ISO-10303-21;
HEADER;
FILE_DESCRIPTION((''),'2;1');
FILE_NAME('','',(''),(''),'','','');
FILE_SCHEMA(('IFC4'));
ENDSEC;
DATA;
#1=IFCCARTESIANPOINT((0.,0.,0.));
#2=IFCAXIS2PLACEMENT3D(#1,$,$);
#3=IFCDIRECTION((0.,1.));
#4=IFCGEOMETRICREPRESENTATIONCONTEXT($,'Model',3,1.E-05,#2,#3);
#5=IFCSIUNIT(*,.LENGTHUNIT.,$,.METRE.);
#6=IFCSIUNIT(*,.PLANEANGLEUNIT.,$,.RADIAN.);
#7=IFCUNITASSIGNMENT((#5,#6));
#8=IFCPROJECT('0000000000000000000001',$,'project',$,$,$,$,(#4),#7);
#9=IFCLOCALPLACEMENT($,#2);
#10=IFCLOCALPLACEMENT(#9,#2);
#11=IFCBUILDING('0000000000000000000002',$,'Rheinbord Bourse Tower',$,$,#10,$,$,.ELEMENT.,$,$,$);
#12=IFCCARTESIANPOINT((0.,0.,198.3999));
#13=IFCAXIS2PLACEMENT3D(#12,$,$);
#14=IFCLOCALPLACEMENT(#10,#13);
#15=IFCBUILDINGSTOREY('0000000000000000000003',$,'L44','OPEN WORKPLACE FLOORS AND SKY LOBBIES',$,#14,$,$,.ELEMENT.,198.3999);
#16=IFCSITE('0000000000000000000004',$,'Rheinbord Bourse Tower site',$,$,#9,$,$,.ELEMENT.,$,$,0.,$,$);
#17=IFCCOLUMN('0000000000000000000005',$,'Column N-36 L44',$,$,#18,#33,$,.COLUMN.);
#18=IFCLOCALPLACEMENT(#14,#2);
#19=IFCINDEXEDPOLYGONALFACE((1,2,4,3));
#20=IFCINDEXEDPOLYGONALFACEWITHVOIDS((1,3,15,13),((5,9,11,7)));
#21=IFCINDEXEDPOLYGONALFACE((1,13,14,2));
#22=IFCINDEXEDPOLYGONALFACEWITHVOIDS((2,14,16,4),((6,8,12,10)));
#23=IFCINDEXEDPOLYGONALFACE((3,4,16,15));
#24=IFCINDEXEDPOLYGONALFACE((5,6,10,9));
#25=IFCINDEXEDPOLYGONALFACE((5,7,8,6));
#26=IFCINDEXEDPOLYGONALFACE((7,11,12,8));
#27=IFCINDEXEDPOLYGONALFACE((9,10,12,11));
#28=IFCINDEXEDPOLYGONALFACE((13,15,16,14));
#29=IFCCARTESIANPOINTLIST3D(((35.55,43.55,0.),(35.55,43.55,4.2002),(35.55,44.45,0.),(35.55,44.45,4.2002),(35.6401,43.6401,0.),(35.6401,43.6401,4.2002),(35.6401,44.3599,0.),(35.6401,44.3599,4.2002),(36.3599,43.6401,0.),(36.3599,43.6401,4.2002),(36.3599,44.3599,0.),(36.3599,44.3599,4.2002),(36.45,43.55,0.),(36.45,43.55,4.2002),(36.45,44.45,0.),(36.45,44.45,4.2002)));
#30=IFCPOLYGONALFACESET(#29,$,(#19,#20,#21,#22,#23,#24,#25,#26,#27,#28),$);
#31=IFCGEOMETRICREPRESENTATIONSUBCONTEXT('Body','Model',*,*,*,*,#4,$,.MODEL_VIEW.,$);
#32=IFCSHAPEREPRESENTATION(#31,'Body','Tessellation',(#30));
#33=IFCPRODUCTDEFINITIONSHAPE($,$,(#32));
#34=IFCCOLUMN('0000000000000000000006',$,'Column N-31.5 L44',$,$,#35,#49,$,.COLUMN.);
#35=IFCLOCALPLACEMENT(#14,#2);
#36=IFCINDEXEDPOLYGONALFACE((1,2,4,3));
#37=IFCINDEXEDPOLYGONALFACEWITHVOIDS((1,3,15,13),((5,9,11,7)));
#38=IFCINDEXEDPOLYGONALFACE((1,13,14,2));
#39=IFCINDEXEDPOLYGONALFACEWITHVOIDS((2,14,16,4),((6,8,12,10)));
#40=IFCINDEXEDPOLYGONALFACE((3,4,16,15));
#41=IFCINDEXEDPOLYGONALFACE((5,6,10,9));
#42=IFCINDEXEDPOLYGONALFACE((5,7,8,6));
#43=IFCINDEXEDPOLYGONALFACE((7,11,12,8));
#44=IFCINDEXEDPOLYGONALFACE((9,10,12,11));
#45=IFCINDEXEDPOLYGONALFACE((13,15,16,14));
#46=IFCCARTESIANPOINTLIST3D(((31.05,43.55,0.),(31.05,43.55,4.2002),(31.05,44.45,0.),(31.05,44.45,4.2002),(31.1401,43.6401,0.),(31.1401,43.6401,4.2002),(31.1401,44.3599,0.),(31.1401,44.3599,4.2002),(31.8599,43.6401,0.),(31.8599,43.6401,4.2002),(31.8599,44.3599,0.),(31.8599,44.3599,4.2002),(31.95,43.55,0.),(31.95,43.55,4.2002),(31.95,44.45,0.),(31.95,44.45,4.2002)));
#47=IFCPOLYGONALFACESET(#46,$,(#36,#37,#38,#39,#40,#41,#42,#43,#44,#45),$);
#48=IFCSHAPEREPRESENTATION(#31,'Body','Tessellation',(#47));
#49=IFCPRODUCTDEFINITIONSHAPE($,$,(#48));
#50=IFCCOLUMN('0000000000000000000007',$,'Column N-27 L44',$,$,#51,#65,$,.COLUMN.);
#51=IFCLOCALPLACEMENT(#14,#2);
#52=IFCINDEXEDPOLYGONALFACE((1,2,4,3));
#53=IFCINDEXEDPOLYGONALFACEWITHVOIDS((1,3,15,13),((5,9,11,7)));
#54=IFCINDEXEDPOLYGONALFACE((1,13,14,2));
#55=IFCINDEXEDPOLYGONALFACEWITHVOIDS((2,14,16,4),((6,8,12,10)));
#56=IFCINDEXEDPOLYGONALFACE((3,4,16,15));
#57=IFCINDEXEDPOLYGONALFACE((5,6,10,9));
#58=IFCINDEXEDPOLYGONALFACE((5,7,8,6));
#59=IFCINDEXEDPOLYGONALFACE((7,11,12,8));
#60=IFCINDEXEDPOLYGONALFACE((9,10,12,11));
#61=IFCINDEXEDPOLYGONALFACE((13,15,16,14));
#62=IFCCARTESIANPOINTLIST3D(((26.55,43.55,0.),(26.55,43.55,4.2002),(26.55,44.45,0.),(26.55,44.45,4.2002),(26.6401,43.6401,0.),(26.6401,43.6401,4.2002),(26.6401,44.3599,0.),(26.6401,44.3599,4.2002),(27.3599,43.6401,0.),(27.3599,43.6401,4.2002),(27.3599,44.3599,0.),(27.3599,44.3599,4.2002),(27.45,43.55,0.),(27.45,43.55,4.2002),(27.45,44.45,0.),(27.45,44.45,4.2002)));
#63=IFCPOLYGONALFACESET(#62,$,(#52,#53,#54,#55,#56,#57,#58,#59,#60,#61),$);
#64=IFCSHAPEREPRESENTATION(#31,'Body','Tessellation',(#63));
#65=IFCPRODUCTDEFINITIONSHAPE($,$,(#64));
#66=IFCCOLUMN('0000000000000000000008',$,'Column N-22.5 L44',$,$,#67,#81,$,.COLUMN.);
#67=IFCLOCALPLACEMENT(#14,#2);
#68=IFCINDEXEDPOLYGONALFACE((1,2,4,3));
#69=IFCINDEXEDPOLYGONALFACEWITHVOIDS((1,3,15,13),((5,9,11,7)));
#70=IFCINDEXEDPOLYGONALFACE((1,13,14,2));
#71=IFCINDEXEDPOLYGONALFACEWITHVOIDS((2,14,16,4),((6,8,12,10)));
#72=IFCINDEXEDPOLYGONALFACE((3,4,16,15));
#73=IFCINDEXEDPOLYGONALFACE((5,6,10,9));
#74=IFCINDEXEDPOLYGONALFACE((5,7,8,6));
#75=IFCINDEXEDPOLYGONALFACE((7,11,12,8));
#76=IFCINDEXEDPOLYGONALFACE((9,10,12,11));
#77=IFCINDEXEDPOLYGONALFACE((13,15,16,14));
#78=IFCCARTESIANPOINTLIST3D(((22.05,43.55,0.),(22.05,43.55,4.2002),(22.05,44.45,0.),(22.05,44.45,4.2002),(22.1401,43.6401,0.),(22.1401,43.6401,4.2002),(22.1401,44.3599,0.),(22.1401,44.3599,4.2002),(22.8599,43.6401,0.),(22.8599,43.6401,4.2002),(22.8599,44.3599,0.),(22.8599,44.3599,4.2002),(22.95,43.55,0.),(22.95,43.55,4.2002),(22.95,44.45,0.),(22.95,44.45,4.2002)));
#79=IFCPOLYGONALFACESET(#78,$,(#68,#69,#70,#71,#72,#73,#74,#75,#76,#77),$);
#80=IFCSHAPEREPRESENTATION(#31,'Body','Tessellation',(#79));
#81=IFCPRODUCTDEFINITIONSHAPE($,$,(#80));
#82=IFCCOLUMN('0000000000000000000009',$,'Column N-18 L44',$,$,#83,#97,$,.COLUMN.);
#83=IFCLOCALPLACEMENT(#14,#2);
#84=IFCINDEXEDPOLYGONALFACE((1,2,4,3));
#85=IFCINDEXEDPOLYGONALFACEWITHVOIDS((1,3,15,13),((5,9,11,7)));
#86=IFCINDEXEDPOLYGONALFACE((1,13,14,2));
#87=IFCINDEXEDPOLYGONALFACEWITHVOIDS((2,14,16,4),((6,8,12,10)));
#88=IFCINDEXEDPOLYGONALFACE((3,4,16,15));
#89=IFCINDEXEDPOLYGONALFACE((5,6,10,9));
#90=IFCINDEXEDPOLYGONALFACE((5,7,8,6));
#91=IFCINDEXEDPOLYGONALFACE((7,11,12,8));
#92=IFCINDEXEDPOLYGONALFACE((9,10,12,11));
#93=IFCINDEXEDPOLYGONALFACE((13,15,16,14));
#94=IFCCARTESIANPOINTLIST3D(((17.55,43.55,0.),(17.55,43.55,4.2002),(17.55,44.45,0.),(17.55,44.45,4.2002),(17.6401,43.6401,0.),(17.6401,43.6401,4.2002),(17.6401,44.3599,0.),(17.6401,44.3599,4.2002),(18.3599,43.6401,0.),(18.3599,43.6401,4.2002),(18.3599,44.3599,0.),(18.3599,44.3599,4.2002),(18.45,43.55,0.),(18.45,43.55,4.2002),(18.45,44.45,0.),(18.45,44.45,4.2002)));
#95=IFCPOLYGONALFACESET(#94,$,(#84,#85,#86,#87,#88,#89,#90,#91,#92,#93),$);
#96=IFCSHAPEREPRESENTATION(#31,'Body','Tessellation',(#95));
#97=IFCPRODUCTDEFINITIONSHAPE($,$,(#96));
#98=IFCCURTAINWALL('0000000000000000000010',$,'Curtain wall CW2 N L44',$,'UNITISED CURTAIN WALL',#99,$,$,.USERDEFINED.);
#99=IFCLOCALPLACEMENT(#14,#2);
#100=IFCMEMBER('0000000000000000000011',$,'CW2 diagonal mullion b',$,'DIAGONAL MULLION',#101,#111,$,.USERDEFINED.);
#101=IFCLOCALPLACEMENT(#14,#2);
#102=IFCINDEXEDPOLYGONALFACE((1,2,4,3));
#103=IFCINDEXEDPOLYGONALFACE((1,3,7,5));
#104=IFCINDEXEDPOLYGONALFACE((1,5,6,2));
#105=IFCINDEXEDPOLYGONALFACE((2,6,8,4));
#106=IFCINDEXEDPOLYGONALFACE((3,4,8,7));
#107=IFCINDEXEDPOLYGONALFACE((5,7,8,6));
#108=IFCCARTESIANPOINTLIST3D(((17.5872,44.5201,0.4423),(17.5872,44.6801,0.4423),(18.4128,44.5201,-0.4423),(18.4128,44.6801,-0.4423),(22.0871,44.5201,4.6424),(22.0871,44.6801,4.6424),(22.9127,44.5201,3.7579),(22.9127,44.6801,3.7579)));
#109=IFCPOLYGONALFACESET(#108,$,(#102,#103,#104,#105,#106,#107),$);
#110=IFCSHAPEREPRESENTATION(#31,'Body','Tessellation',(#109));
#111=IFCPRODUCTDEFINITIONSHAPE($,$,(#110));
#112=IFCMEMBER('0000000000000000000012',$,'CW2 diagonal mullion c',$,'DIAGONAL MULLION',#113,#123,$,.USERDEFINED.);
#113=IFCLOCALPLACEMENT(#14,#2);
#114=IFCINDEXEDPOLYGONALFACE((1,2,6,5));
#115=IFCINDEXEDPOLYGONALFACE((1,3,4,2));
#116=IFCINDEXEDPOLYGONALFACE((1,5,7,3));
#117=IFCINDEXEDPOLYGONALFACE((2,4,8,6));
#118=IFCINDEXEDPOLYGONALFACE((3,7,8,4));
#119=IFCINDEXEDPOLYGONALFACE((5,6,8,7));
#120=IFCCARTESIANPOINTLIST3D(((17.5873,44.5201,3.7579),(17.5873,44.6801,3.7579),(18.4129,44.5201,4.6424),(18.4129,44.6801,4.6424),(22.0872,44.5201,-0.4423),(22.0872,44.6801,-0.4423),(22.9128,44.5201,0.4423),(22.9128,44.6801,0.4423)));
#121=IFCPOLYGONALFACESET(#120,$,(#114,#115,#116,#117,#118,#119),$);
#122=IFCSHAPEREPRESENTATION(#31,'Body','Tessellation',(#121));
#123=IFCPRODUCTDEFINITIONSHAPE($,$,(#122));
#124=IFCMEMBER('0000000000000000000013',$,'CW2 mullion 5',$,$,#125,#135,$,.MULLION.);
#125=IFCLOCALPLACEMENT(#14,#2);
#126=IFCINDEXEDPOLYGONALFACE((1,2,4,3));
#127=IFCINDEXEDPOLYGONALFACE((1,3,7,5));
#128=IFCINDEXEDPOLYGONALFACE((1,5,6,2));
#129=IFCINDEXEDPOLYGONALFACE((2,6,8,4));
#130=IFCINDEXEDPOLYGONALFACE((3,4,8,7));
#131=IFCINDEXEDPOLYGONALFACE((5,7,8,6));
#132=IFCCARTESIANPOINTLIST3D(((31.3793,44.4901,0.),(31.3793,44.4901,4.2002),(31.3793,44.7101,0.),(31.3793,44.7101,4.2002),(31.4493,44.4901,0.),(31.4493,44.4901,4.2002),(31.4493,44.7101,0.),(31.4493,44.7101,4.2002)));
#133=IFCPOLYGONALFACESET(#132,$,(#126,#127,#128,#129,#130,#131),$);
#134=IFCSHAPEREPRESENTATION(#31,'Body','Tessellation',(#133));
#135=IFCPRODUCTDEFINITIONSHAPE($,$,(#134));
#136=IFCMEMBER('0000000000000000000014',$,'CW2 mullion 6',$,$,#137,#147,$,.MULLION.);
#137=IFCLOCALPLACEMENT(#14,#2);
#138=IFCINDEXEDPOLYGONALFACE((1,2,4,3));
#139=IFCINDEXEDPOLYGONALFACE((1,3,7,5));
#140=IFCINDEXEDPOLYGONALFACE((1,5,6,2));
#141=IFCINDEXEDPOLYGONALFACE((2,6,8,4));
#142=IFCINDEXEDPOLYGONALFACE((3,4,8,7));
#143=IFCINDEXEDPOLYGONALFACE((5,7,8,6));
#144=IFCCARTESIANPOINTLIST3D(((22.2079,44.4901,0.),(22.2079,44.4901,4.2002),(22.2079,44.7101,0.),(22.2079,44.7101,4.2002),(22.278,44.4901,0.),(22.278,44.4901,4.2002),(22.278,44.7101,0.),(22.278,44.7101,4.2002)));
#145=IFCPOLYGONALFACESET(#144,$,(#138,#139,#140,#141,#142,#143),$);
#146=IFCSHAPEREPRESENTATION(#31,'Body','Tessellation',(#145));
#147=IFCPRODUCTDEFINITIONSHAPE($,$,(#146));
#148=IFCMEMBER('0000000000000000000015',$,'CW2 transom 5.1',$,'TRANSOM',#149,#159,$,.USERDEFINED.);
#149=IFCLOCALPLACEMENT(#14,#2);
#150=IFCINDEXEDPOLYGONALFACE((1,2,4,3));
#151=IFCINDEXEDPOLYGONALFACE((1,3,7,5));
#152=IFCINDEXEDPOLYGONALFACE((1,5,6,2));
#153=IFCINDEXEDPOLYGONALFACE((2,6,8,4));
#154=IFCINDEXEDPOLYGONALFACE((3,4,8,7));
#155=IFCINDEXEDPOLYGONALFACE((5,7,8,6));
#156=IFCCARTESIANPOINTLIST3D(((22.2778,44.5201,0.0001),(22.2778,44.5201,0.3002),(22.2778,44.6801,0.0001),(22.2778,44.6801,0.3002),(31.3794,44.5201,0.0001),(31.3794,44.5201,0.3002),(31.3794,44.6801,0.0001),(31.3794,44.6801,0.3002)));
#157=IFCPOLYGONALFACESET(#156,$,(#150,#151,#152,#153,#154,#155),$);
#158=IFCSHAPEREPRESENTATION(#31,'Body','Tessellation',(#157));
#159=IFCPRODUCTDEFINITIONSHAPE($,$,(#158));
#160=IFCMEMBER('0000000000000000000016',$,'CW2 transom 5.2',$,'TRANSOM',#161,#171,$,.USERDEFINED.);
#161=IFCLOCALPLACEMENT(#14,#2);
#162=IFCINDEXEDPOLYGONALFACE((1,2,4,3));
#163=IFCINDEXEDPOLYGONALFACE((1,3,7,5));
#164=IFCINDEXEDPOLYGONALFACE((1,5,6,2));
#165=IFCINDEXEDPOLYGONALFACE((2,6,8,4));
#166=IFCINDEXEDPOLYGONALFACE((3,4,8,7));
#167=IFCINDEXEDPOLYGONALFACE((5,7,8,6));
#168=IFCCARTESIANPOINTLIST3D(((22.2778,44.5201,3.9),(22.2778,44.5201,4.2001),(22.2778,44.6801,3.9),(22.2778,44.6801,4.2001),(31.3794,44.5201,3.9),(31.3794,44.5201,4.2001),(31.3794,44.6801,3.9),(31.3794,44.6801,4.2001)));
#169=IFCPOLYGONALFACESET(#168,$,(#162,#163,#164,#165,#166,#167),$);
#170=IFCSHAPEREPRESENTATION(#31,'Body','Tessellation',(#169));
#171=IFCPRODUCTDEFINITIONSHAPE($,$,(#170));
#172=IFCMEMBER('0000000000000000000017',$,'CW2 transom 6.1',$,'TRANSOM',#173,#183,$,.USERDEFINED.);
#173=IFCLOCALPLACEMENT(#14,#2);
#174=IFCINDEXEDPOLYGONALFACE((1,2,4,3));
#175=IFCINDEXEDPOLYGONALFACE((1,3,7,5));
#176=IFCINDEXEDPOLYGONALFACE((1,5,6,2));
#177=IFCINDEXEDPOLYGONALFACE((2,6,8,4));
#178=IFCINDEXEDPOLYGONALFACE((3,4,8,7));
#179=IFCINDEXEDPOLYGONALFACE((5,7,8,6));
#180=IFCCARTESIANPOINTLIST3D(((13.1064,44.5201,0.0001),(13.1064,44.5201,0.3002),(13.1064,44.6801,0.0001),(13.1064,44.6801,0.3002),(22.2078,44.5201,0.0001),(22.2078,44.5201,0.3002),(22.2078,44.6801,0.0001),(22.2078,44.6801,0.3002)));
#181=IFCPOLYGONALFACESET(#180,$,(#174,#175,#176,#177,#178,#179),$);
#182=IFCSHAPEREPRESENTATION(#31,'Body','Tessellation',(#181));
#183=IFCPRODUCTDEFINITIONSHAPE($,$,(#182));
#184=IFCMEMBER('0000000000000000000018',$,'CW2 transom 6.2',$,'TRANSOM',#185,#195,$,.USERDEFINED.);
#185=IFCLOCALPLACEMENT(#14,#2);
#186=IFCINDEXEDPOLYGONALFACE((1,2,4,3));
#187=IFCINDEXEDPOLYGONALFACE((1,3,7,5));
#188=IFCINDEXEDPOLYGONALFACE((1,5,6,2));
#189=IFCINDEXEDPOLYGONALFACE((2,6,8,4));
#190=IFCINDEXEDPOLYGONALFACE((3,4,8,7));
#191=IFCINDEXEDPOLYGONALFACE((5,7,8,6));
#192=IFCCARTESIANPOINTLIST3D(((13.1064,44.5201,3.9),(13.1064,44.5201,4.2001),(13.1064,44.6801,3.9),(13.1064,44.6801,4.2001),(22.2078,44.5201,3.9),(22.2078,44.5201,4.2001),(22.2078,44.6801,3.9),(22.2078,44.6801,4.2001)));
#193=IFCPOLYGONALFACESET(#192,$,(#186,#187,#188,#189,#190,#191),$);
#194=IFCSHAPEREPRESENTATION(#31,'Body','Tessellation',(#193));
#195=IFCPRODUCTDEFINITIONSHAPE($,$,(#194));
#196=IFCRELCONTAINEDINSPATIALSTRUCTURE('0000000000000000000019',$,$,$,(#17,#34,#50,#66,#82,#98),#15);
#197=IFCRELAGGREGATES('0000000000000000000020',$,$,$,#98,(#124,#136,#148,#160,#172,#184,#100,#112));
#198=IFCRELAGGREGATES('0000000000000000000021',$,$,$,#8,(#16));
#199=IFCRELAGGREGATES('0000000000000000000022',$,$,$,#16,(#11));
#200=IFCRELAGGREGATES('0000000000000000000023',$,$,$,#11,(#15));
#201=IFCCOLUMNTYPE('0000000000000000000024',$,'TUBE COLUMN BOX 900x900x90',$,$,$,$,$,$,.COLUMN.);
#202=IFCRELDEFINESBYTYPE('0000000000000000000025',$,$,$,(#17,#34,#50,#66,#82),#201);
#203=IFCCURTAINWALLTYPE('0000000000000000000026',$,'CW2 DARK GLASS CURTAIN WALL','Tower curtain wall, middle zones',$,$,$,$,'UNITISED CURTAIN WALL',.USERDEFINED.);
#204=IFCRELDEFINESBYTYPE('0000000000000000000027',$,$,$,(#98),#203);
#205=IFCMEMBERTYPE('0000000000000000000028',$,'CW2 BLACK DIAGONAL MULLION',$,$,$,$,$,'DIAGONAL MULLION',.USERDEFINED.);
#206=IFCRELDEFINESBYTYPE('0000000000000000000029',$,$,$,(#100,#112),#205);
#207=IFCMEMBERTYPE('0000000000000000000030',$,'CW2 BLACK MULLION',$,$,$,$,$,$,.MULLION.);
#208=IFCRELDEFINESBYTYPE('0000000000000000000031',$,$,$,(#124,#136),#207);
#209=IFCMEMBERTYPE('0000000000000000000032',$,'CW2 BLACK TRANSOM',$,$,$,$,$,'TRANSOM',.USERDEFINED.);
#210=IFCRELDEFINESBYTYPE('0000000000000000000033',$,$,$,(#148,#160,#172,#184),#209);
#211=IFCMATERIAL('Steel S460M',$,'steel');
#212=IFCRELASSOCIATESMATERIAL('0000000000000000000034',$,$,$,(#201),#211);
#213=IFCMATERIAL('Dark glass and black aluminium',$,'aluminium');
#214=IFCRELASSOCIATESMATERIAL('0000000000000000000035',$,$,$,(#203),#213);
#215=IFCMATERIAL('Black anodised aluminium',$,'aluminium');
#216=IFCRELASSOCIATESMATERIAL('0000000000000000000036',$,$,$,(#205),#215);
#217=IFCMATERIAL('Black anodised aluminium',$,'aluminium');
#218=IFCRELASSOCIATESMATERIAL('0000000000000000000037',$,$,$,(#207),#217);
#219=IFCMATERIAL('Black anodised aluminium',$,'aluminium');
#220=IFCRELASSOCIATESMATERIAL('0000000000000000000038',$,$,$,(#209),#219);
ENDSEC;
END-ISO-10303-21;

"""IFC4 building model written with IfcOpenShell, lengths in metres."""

from ifc_helpers import new_model, si_unit, direction, frame, origin, origin_2d, place, context, subcontext, project, spatial, rectangle, hollow_rectangle, extrude, material, material_profile, profile_set, type_object, element, aggregate, save


model = new_model("IFC4")

# Units and contexts
model_context = context("Model", 3, precision=1e-05, world=origin(), true_north=direction((0.0, 1.0)))
body_context = subcontext(model_context, "Body", "Model", "MODEL_VIEW")
ifc_project = project(units=[si_unit("LENGTHUNIT", "METRE"), si_unit("PLANEANGLEUNIT", "RADIAN")], contexts=[model_context])

# Site, building, storey
site_placement = place(None, origin())
site = spatial("IfcSite", under=ifc_project, at=site_placement, Name="Rheinbord Bourse Tower site", CompositionType="ELEMENT", RefElevation=0.0)
building_placement = place(site_placement, origin())
building = spatial("IfcBuilding", under=site, at=building_placement, Name="Rheinbord Bourse Tower", CompositionType="ELEMENT")
storey_placement = place(building_placement, frame((0.0, 0.0, 198.3999)))
storey = spatial("IfcBuildingStorey", under=building, at=storey_placement, Name="L44", Description="OPEN WORKPLACE FLOORS AND SKY LOBBIES", CompositionType="ELEMENT", Elevation=198.3999)

# Columns
ifc_material_1 = material(Name="Steel S460M", Category="steel")
ifc_material_profile_1 = material_profile(ifc_material_1, hollow_rectangle(XDim=0.8999, YDim=0.8999, WallThickness=0.0901, at=origin_2d()), Name="BOX 900x900x90")
ifc_profile_set_1 = profile_set([ifc_material_profile_1], Name="Steel S460M")
column_type = type_object("IfcColumnType", Name="TUBE COLUMN BOX 900x900x90", PredefinedType="COLUMN", material=ifc_profile_set_1)
for number, where, z_axis, x_axis, name in (
    (1, (36.0, 44.0, 0.0), (0.0, 0.0, 1.0), (0.0, 1.0, 0.0), "Column N-36 L44"),
    (2, (31.5, 44.0, 0.0), (0.0, 0.0, 1.0), (0.0, 1.0, 0.0), "Column N-31.5 L44"),
    (3, (27.0, 44.0, 0.0), (0.0, 0.0, 1.0), (0.0, 1.0, 0.0), "Column N-27 L44"),
    (4, (22.5, 44.0, 0.0), (0.0, 0.0, 1.0), (0.0, 1.0, 0.0), "Column N-22.5 L44"),
    (5, (18.0, 44.0, 0.0), (0.0, 0.0, 1.0), (0.0, 1.0, 0.0), "Column N-18 L44"),
):
    element("IfcColumn", number, at=place(storey_placement, frame(where, z_axis=z_axis, x_axis=x_axis)), inside=storey, type_object=column_type, Name=name, PredefinedType="COLUMN", context=body_context, shape_type="SweptSolid", body=[
        extrude(hollow_rectangle(XDim=0.8999, YDim=0.8999, WallThickness=0.0901, at=origin_2d()), origin(), (0.0, 0.0, 1.0), 4.2002),
    ])

# Curtain wall, members
ifc_material_2 = material(Name="Dark glass and black aluminium", Category="aluminium")
curtain_wall_type = type_object("IfcCurtainWallType", Name="CW2 DARK GLASS CURTAIN WALL", Description="Tower curtain wall, middle zones", ElementType="UNITISED CURTAIN WALL", PredefinedType="USERDEFINED", material=ifc_material_2)
curtain_wall_placement = place(storey_placement, origin())
curtain_wall = element("IfcCurtainWall", 6, at=curtain_wall_placement, inside=storey, type_object=curtain_wall_type, Name="Curtain wall CW2 N L44", ObjectType="UNITISED CURTAIN WALL", PredefinedType="USERDEFINED")
ifc_material_3 = material(Name="Black anodised aluminium", Category="aluminium")
ifc_material_profile_2 = material_profile(ifc_material_3, rectangle(XDim=0.1599, YDim=1.21, at=origin_2d()), Name="CW2 DIAGONAL MULLION 1210x160")
ifc_profile_set_2 = profile_set([ifc_material_profile_2], Name="Black anodised aluminium")
member_type_1 = type_object("IfcMemberType", Name="CW2 BLACK DIAGONAL MULLION", ElementType="DIAGONAL MULLION", PredefinedType="USERDEFINED", material=ifc_profile_set_2)
member_1_placement = place(storey_placement, frame((18.0, 44.6001, 0.0), z_axis=(0.731039, 0.0, 0.682335), x_axis=(0.0, 1.0, 0.0)))
member_1 = element("IfcMember", 7, at=member_1_placement, type_object=member_type_1, Name="CW2 diagonal mullion b", ObjectType="DIAGONAL MULLION", PredefinedType="USERDEFINED", context=body_context, shape_type="SweptSolid", body=[
    extrude(rectangle(XDim=0.1599, YDim=1.21, at=origin_2d()), origin(), (0.0, 0.0, 1.0), 6.1555),
])
member_2_placement = place(storey_placement, frame((22.5, 44.6001, 0.0), z_axis=(-0.731039, 0.0, 0.682335), x_axis=(0.0, -1.0, 0.0)))
member_2 = element("IfcMember", 8, at=member_2_placement, type_object=member_type_1, Name="CW2 diagonal mullion c", ObjectType="DIAGONAL MULLION", PredefinedType="USERDEFINED", context=body_context, shape_type="SweptSolid", body=[
    extrude(rectangle(XDim=0.1599, YDim=1.21, at=origin_2d()), origin(), (0.0, 0.0, 1.0), 6.1555),
])
ifc_material_4 = material(Name="Black anodised aluminium", Category="aluminium")
ifc_material_profile_3 = material_profile(ifc_material_4, rectangle(XDim=0.22, YDim=0.0701, at=origin_2d()), Name="CW2 MULLION 70x220")
ifc_profile_set_3 = profile_set([ifc_material_profile_3], Name="Black anodised aluminium")
member_type_2 = type_object("IfcMemberType", Name="CW2 BLACK MULLION", PredefinedType="MULLION", material=ifc_profile_set_3)
member_3_placement = place(storey_placement, frame((31.4143, 44.6001, 0.0), z_axis=(0.0, 0.0, 1.0), x_axis=(0.0, -1.0, 0.0)))
member_3 = element("IfcMember", 9, at=member_3_placement, type_object=member_type_2, Name="CW2 mullion 5", PredefinedType="MULLION", context=body_context, shape_type="SweptSolid", body=[
    extrude(rectangle(XDim=0.22, YDim=0.0701, at=origin_2d()), origin(), (0.0, 0.0, 1.0), 4.2002),
])
member_4_placement = place(storey_placement, frame((22.2429, 44.6001, 0.0), z_axis=(0.0, 0.0, 1.0), x_axis=(0.0, -1.0, 0.0)))
member_4 = element("IfcMember", 10, at=member_4_placement, type_object=member_type_2, Name="CW2 mullion 6", PredefinedType="MULLION", context=body_context, shape_type="SweptSolid", body=[
    extrude(rectangle(XDim=0.22, YDim=0.0701, at=origin_2d()), origin(), (0.0, 0.0, 1.0), 4.2002),
])
ifc_material_5 = material(Name="Black anodised aluminium", Category="aluminium")
ifc_material_profile_4 = material_profile(ifc_material_5, rectangle(XDim=0.1599, YDim=0.3, at=origin_2d()), Name="CW2 TRANSOM 300x160")
ifc_profile_set_4 = profile_set([ifc_material_profile_4], Name="Black anodised aluminium")
member_type_3 = type_object("IfcMemberType", Name="CW2 BLACK TRANSOM", ElementType="TRANSOM", PredefinedType="USERDEFINED", material=ifc_profile_set_4)
member_5_placement = place(storey_placement, frame((31.3794, 44.6001, 0.1501), z_axis=(-1.0, 0.0, 0.0), x_axis=(0.0, -1.0, 0.0)))
member_5 = element("IfcMember", 11, at=member_5_placement, type_object=member_type_3, Name="CW2 transom 5.1", ObjectType="TRANSOM", PredefinedType="USERDEFINED", context=body_context, shape_type="SweptSolid", body=[
    extrude(rectangle(XDim=0.1599, YDim=0.3, at=origin_2d()), origin(), (0.0, 0.0, 1.0), 9.1016),
])
member_6_placement = place(storey_placement, frame((31.3794, 44.6001, 4.05), z_axis=(-1.0, 0.0, 0.0), x_axis=(0.0, -1.0, 0.0)))
member_6 = element("IfcMember", 12, at=member_6_placement, type_object=member_type_3, Name="CW2 transom 5.2", ObjectType="TRANSOM", PredefinedType="USERDEFINED", context=body_context, shape_type="SweptSolid", body=[
    extrude(rectangle(XDim=0.1599, YDim=0.3, at=origin_2d()), origin(), (0.0, 0.0, 1.0), 9.1016),
])
member_7_placement = place(storey_placement, frame((22.2078, 44.6001, 0.1501), z_axis=(-1.0, 0.0, 0.0), x_axis=(0.0, -1.0, 0.0)))
member_7 = element("IfcMember", 13, at=member_7_placement, type_object=member_type_3, Name="CW2 transom 6.1", ObjectType="TRANSOM", PredefinedType="USERDEFINED", context=body_context, shape_type="SweptSolid", body=[
    extrude(rectangle(XDim=0.1599, YDim=0.3, at=origin_2d()), origin(), (0.0, 0.0, 1.0), 9.1013),
])
member_8_placement = place(storey_placement, frame((22.2078, 44.6001, 4.05), z_axis=(-1.0, 0.0, 0.0), x_axis=(0.0, -1.0, 0.0)))
member_8 = element("IfcMember", 14, at=member_8_placement, type_object=member_type_3, Name="CW2 transom 6.2", ObjectType="TRANSOM", PredefinedType="USERDEFINED", context=body_context, shape_type="SweptSolid", body=[
    extrude(rectangle(XDim=0.1599, YDim=0.3, at=origin_2d()), origin(), (0.0, 0.0, 1.0), 9.1013),
])

aggregate(curtain_wall, [member_3, member_4, member_5, member_6, member_7, member_8, member_1, member_2])

save(model, "model.ifc")
